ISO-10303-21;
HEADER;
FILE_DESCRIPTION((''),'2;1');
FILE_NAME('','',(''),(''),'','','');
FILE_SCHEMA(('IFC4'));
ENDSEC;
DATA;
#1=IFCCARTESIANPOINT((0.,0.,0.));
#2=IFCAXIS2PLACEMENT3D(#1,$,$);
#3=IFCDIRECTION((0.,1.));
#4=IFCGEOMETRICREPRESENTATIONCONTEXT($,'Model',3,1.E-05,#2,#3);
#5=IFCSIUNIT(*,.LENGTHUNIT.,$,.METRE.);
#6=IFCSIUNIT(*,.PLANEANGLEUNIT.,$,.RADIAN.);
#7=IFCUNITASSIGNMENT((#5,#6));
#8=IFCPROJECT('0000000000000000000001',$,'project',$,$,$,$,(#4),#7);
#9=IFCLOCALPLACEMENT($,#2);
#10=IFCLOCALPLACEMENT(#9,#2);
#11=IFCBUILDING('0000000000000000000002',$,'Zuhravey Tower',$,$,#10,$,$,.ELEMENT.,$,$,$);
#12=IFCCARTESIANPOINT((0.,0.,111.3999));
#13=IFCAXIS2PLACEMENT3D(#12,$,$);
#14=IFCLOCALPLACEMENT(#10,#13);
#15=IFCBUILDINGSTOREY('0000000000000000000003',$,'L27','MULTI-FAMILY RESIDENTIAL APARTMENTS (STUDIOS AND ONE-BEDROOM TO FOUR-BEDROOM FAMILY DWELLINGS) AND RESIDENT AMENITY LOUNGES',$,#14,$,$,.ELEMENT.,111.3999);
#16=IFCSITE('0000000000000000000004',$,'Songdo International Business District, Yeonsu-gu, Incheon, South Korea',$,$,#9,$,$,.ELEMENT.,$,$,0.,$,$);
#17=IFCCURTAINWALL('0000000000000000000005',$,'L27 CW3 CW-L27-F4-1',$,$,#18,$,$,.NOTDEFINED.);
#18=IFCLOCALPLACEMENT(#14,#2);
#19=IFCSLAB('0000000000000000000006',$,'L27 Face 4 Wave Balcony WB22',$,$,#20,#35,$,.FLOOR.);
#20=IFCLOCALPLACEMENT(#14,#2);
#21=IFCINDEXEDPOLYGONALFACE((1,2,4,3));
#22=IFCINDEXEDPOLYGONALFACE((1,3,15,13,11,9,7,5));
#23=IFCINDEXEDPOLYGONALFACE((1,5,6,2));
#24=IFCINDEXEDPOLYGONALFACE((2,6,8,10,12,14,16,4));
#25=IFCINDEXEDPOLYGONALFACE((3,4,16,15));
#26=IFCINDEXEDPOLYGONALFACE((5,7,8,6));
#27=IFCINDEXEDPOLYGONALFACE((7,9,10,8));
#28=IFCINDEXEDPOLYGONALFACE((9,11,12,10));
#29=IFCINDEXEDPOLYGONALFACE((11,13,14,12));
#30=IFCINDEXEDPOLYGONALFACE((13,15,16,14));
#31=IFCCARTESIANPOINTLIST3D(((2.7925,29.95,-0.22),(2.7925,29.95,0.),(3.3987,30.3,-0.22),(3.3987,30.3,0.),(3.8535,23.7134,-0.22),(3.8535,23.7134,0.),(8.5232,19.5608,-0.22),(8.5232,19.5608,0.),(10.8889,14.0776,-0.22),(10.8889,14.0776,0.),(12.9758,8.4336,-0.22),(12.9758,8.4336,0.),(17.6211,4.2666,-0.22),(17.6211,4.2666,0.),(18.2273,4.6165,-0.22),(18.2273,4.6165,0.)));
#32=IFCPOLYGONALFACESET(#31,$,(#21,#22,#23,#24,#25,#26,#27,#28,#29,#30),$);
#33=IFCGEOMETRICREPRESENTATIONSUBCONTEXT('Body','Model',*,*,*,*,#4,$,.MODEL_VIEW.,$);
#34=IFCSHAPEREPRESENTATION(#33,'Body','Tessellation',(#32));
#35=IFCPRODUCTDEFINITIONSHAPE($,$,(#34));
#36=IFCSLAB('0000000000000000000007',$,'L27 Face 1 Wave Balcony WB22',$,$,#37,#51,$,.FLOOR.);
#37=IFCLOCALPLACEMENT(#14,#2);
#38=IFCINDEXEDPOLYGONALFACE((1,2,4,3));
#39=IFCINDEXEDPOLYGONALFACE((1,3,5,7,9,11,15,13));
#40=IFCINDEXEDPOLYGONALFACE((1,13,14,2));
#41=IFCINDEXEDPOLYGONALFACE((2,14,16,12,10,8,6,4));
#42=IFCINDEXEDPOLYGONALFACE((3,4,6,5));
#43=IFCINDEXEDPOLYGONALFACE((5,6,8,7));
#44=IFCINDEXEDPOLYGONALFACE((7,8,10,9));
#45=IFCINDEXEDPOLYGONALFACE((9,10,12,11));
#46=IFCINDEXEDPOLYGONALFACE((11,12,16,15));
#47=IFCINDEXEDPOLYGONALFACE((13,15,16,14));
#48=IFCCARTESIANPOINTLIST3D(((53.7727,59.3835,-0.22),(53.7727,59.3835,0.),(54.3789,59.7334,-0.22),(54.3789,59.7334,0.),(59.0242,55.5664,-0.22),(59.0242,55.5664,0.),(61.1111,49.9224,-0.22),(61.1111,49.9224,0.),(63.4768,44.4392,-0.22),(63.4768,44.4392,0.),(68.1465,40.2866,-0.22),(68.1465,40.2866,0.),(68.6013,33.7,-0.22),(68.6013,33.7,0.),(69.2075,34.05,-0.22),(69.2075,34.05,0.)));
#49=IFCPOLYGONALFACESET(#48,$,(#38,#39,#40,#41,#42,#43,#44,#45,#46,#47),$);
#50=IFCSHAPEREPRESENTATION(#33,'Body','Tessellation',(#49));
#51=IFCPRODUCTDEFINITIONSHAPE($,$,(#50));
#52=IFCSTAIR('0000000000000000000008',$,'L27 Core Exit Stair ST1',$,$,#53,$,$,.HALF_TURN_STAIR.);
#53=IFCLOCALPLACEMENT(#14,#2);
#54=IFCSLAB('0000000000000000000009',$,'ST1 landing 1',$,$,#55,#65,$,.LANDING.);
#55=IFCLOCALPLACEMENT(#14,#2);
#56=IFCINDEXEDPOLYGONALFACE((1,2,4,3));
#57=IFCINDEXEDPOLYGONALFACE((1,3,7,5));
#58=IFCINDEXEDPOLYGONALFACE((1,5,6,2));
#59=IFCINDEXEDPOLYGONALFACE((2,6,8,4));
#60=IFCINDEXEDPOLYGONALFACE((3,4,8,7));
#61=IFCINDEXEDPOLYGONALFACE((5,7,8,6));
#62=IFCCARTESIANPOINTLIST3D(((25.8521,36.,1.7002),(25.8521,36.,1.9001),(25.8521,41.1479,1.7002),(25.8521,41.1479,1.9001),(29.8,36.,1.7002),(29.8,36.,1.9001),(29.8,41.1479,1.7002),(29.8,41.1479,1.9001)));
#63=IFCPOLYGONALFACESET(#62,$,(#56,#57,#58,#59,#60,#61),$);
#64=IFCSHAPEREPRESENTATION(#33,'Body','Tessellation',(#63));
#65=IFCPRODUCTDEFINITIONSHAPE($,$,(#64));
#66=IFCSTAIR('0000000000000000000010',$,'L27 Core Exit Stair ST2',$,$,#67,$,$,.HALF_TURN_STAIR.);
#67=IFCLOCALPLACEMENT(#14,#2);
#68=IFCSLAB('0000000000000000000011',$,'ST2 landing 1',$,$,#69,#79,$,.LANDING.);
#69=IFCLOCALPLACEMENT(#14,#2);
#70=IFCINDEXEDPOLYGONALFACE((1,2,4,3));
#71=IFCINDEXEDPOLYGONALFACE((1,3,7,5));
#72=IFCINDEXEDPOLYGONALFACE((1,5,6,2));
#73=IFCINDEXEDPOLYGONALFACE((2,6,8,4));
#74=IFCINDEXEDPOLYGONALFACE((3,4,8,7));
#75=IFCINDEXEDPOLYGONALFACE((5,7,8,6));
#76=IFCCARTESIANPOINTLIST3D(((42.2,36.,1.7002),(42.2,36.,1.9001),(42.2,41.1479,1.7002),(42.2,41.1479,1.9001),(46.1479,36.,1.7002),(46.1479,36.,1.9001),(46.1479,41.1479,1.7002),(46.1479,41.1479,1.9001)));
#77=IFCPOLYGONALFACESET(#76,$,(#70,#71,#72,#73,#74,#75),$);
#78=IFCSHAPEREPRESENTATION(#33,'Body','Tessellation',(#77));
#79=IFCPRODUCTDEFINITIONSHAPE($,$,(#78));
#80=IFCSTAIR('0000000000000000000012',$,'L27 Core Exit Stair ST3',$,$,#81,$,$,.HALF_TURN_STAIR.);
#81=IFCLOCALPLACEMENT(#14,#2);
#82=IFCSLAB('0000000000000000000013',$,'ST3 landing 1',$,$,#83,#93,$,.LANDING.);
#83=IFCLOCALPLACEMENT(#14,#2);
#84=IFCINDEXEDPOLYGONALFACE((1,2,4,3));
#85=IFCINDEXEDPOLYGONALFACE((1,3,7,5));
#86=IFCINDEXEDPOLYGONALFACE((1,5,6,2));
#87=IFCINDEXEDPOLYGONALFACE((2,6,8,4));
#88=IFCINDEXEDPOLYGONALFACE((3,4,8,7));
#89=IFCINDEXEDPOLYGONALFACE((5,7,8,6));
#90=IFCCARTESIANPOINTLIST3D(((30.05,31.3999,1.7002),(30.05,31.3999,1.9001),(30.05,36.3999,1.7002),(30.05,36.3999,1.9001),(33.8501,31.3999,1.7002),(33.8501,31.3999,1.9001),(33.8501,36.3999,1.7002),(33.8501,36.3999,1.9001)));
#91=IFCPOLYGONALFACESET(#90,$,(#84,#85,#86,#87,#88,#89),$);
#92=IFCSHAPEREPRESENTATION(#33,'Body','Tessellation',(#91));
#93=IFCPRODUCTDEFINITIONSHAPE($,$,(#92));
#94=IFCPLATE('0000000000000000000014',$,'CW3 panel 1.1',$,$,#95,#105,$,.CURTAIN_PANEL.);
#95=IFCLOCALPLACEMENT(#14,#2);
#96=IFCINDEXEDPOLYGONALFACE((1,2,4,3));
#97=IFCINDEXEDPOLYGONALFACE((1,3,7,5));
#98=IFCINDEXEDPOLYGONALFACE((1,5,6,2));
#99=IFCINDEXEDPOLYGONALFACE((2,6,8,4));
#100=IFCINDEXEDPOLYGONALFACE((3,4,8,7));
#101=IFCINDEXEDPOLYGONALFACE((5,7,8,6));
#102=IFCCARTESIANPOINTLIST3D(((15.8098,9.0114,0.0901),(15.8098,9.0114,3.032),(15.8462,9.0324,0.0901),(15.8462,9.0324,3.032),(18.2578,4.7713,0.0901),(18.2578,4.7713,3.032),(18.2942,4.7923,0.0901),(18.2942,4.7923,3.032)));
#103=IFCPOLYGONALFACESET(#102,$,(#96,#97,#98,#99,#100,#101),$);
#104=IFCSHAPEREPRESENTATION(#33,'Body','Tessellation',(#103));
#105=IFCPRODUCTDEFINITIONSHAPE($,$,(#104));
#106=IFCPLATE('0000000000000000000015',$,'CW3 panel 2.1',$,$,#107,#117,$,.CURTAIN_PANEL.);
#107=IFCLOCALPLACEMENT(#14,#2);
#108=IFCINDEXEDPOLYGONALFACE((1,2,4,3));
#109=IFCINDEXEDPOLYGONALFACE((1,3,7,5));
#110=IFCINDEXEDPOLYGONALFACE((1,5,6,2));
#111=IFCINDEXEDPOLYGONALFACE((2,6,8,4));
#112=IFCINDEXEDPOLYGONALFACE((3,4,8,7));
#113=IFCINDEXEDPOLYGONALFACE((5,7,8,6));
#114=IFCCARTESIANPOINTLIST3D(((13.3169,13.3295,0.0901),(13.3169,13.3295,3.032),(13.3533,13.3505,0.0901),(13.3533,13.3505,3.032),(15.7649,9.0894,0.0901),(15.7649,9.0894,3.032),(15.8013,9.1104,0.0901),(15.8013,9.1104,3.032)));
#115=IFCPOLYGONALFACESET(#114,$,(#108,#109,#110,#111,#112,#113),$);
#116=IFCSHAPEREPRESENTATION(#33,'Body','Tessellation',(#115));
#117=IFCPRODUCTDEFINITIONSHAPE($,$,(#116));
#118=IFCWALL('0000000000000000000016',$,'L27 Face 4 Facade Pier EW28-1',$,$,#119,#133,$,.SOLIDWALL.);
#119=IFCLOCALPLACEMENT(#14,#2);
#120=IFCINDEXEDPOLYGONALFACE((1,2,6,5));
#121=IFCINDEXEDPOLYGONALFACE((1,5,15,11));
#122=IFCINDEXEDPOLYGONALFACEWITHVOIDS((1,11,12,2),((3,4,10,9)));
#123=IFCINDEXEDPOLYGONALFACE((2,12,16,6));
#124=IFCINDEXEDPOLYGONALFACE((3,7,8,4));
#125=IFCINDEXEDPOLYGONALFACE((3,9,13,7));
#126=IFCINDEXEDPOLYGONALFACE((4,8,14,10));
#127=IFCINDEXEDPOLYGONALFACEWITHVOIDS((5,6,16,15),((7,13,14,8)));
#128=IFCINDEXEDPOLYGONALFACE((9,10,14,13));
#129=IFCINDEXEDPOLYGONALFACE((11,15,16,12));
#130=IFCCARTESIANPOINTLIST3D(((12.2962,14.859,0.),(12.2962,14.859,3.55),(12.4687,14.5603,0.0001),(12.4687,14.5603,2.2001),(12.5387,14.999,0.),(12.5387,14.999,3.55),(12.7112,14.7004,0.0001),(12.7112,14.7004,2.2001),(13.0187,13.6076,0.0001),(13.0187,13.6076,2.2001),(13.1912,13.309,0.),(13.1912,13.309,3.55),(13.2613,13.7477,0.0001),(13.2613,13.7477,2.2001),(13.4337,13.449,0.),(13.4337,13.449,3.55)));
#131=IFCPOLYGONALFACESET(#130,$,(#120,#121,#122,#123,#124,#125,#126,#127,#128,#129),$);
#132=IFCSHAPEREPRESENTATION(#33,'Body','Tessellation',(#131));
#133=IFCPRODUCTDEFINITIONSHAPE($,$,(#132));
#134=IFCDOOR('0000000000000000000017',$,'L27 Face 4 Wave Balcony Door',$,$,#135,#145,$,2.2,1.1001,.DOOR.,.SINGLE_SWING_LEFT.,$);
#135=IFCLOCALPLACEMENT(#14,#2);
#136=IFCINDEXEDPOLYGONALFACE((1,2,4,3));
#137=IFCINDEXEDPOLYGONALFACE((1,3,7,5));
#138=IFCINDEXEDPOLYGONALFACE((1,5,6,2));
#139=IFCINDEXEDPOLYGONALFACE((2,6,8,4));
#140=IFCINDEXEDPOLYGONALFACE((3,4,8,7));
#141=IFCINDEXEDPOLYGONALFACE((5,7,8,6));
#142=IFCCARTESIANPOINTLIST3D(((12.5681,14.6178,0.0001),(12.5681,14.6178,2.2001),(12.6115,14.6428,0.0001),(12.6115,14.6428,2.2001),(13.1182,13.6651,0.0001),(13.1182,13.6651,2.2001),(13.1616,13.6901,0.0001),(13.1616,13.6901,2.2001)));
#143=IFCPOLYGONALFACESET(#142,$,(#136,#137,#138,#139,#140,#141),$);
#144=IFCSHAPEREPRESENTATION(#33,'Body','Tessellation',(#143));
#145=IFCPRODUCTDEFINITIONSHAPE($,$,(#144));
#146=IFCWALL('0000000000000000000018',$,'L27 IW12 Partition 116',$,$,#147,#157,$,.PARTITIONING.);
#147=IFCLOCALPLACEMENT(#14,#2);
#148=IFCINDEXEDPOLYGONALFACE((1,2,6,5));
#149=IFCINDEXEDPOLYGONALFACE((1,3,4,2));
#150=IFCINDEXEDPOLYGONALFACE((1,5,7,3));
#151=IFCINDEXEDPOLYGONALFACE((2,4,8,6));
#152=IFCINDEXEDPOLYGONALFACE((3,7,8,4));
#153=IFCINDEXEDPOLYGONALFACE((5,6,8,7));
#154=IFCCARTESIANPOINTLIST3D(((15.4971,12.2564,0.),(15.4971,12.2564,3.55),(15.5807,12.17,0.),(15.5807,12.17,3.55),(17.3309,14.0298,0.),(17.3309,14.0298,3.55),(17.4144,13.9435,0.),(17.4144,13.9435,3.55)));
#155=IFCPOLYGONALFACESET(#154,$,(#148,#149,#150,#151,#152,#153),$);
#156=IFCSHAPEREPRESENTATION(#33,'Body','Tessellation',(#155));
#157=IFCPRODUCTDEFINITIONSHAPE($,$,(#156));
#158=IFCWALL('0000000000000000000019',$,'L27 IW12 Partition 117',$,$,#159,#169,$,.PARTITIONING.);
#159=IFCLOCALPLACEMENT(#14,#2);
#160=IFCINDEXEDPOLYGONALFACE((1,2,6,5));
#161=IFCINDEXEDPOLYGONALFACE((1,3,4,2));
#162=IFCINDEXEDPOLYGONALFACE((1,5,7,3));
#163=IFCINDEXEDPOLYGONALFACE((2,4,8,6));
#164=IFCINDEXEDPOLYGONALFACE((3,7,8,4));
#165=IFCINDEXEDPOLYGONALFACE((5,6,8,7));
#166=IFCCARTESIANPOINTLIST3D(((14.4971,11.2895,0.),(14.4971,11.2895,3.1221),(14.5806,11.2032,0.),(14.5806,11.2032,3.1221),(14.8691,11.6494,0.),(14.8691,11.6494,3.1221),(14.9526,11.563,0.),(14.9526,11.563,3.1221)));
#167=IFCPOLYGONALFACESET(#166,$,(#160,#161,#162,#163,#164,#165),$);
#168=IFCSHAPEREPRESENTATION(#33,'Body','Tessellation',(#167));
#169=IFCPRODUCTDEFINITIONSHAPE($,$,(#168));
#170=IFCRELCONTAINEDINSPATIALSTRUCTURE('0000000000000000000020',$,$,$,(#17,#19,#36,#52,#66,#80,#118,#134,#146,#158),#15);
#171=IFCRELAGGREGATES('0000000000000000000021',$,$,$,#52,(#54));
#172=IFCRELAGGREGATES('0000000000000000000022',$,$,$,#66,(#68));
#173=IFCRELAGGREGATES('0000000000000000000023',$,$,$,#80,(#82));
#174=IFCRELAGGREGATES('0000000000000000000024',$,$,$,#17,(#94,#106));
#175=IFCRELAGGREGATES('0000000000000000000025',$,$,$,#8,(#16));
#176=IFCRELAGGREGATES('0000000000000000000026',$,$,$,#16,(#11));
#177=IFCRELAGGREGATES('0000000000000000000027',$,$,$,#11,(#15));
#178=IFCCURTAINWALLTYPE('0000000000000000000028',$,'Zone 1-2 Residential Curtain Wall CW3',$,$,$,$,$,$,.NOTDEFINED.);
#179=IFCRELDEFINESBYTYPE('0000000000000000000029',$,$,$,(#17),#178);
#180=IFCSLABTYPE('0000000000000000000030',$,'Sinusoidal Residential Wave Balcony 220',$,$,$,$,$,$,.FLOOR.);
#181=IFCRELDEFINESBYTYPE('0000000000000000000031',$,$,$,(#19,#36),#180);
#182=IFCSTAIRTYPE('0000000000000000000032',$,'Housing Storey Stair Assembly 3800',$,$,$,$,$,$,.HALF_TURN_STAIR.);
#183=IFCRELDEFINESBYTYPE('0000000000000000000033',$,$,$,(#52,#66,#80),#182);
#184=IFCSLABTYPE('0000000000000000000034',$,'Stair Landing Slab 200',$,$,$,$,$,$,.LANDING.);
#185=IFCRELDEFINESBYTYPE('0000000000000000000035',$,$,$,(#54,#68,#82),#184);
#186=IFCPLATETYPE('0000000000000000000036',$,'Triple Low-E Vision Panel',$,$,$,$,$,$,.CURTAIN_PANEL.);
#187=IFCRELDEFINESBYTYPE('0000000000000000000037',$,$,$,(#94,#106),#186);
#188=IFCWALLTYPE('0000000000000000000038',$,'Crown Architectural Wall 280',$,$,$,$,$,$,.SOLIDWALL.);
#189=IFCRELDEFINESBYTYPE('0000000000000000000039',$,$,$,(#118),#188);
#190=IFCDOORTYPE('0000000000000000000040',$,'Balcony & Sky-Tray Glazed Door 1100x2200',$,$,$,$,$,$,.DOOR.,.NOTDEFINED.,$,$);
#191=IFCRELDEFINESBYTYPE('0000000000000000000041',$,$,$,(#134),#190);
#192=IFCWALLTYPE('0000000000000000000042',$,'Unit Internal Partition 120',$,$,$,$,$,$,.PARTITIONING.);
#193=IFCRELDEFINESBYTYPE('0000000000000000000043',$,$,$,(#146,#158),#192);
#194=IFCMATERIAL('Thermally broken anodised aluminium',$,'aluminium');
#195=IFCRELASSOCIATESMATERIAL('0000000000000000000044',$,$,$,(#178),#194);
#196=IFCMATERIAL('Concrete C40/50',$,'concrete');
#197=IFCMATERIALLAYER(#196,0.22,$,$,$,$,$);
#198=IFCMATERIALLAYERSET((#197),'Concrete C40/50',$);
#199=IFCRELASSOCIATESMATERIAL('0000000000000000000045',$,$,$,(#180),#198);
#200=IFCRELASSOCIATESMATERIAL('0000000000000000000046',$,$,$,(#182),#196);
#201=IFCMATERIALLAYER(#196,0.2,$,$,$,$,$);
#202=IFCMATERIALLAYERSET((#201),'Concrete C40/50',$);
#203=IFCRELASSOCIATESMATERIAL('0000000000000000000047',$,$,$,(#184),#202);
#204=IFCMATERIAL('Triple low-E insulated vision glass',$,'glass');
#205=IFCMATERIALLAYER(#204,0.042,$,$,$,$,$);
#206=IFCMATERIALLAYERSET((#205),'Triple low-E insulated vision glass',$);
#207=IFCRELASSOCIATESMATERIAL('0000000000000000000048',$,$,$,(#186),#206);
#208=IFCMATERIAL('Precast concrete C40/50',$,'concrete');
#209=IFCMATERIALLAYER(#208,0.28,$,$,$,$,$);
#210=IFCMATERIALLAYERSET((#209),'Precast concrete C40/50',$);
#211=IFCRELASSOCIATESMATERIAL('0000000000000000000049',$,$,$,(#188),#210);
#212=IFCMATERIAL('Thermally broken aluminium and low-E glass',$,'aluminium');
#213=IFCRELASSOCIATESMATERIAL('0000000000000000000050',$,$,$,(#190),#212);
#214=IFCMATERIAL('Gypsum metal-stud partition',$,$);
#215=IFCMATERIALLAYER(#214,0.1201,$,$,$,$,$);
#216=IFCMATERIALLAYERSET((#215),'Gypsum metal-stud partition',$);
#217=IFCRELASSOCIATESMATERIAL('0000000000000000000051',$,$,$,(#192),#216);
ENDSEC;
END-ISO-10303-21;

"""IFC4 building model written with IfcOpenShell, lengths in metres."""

from ifc_helpers import new_model, si_unit, direction, frame, frame_2d, origin, origin_2d, place, context, subcontext, project, spatial, polyline, rectangle, outline, extrude, material, layer, layer_set, type_object, element, fill, aggregate, save


model = new_model("IFC4")

# Units and contexts
model_context = context("Model", 3, precision=1e-05, world=origin(), true_north=direction((0.0, 1.0)))
body_context = subcontext(model_context, "Body", "Model", "MODEL_VIEW")
ifc_project = project(units=[si_unit("LENGTHUNIT", "METRE"), si_unit("PLANEANGLEUNIT", "RADIAN")], contexts=[model_context])

# Site, building, storey
site_placement = place(None, origin())
site = spatial("IfcSite", under=ifc_project, at=site_placement, Name="Songdo International Business District, Yeonsu-gu, Incheon, South Korea", CompositionType="ELEMENT", RefElevation=0.0)
building_placement = place(site_placement, origin())
building = spatial("IfcBuilding", under=site, at=building_placement, Name="Zuhravey Tower", CompositionType="ELEMENT")
storey_placement = place(building_placement, frame((0.0, 0.0, 111.3999)))
storey = spatial("IfcBuildingStorey", under=building, at=storey_placement, Name="L27", Description="MULTI-FAMILY RESIDENTIAL APARTMENTS (STUDIOS AND ONE-BEDROOM TO FOUR-BEDROOM FAMILY DWELLINGS) AND RESIDENT AMENITY LOUNGES", CompositionType="ELEMENT", Elevation=111.3999)

# Curtain wall
ifc_material_1 = material(Name="Thermally broken anodised aluminium", Category="aluminium")
curtain_wall_type = type_object("IfcCurtainWallType", Name="Zone 1-2 Residential Curtain Wall CW3", PredefinedType="NOTDEFINED", material=ifc_material_1)
curtain_wall_1_placement = place(storey_placement, origin())
curtain_wall_1 = element("IfcCurtainWall", 1, at=curtain_wall_1_placement, inside=storey, type_object=curtain_wall_type, Name="L27 CW3 CW-L27-F4-1", PredefinedType="NOTDEFINED")

# Slabs
ifc_material_2 = material(Name="Concrete C40/50", Category="concrete")
ifc_layer_1 = layer(ifc_material_2, 0.22)
ifc_layer_set_1 = layer_set([ifc_layer_1], Name="Concrete C40/50")
slab_type_1 = type_object("IfcSlabType", Name="Sinusoidal Residential Wave Balcony 220", PredefinedType="FLOOR", material=ifc_layer_set_1)
slab_1_placement = place(storey_placement, frame((0.0, 0.0, -0.22)))
element("IfcSlab", 2, at=slab_1_placement, inside=storey, type_object=slab_type_1, Name="L27 Face 4 Wave Balcony WB22", PredefinedType="FLOOR", context=body_context, shape_type="SweptSolid", body=[
    extrude(outline(polyline([(3.3987, 30.3), (18.2273, 4.6165), (17.6211, 4.2666), (12.9758, 8.4336), (10.8889, 14.0776), (8.5232, 19.5608), (3.8535, 23.7134), (2.7925, 29.95), (3.3987, 30.3)])), origin(), (0.0, 0.0, 1.0), 0.22),
])
slab_2_placement = place(storey_placement, frame((0.0, 0.0, -0.22)))
element("IfcSlab", 3, at=slab_2_placement, inside=storey, type_object=slab_type_1, Name="L27 Face 1 Wave Balcony WB22", PredefinedType="FLOOR", context=body_context, shape_type="SweptSolid", body=[
    extrude(outline(polyline([(68.6013, 33.7), (53.7727, 59.3835), (54.3789, 59.7334), (59.0242, 55.5664), (61.1111, 49.9224), (63.4768, 44.4392), (68.1465, 40.2866), (69.2075, 34.05), (68.6013, 33.7)])), origin(), (0.0, 0.0, 1.0), 0.22),
])

# Stairs, slabs
stair_type = type_object("IfcStairType", Name="Housing Storey Stair Assembly 3800", PredefinedType="HALF_TURN_STAIR", material=ifc_material_2)
stair_1_placement = place(storey_placement, origin())
stair_1 = element("IfcStair", 4, at=stair_1_placement, inside=storey, type_object=stair_type, Name="L27 Core Exit Stair ST1", PredefinedType="HALF_TURN_STAIR")
ifc_layer_2 = layer(ifc_material_2, 0.2)
ifc_layer_set_2 = layer_set([ifc_layer_2], Name="Concrete C40/50")
slab_type_2 = type_object("IfcSlabType", Name="Stair Landing Slab 200", PredefinedType="LANDING", material=ifc_layer_set_2)
slab_3_placement = place(storey_placement, frame((0.0, 0.0, 1.7002)))
slab_3 = element("IfcSlab", 5, at=slab_3_placement, type_object=slab_type_2, Name="ST1 landing 1", PredefinedType="LANDING", context=body_context, shape_type="SweptSolid", body=[
    extrude(outline(polyline([(29.8, 36.0), (29.8, 41.1479), (25.8521, 41.1479), (25.8521, 36.0), (29.8, 36.0)])), origin(), (0.0, 0.0, 1.0), 0.2),
])
aggregate(stair_1, [slab_3])
stair_2_placement = place(storey_placement, origin())
stair_2 = element("IfcStair", 6, at=stair_2_placement, inside=storey, type_object=stair_type, Name="L27 Core Exit Stair ST2", PredefinedType="HALF_TURN_STAIR")
slab_4_placement = place(storey_placement, frame((0.0, 0.0, 1.7002)))
slab_4 = element("IfcSlab", 7, at=slab_4_placement, type_object=slab_type_2, Name="ST2 landing 1", PredefinedType="LANDING", context=body_context, shape_type="SweptSolid", body=[
    extrude(outline(polyline([(46.1479, 36.0), (46.1479, 41.1479), (42.2, 41.1479), (42.2, 36.0), (46.1479, 36.0)])), origin(), (0.0, 0.0, 1.0), 0.2),
])
aggregate(stair_2, [slab_4])
stair_3_placement = place(storey_placement, origin())
stair_3 = element("IfcStair", 8, at=stair_3_placement, inside=storey, type_object=stair_type, Name="L27 Core Exit Stair ST3", PredefinedType="HALF_TURN_STAIR")
slab_5_placement = place(storey_placement, frame((0.0, 0.0, 1.7002)))
slab_5 = element("IfcSlab", 9, at=slab_5_placement, type_object=slab_type_2, Name="ST3 landing 1", PredefinedType="LANDING", context=body_context, shape_type="SweptSolid", body=[
    extrude(outline(polyline([(30.05, 36.3999), (30.05, 31.3999), (33.8501, 31.3999), (33.8501, 36.3999), (30.05, 36.3999)])), origin(), (0.0, 0.0, 1.0), 0.2),
])
aggregate(stair_3, [slab_5])

# Plates
ifc_material_3 = material(Name="Triple low-E insulated vision glass", Category="glass")
ifc_layer_3 = layer(ifc_material_3, 0.042)
ifc_layer_set_3 = layer_set([ifc_layer_3], Name="Triple low-E insulated vision glass")
plate_type = type_object("IfcPlateType", Name="Triple Low-E Vision Panel", PredefinedType="CURTAIN_PANEL", material=ifc_layer_set_3)
plate_1_placement = place(storey_placement, frame((17.052, 6.9019, 0.0901), z_axis=(0.0, 0.0, 1.0), x_axis=(-0.499999, 0.866026, 0.0)))
plate_1 = element("IfcPlate", 10, at=plate_1_placement, type_object=plate_type, Name="CW3 panel 1.1", PredefinedType="CURTAIN_PANEL", context=body_context, shape_type="SweptSolid", body=[
    extrude(rectangle(XDim=4.896, YDim=0.042, at=origin_2d()), origin(), (0.0, 0.0, 1.0), 2.9419),
])
plate_2_placement = place(storey_placement, frame((14.5591, 11.22, 0.0901), z_axis=(0.0, 0.0, 1.0), x_axis=(-0.499999, 0.866026, 0.0)))
plate_2 = element("IfcPlate", 11, at=plate_2_placement, type_object=plate_type, Name="CW3 panel 2.1", PredefinedType="CURTAIN_PANEL", context=body_context, shape_type="SweptSolid", body=[
    extrude(rectangle(XDim=4.896, YDim=0.042, at=origin_2d()), origin(), (0.0, 0.0, 1.0), 2.9419),
])
aggregate(curtain_wall_1, [plate_1, plate_2])

# Wall, opening, door
ifc_material_4 = material(Name="Precast concrete C40/50", Category="concrete")
ifc_layer_4 = layer(ifc_material_4, 0.28)
ifc_layer_set_4 = layer_set([ifc_layer_4], Name="Precast concrete C40/50")
wall_type_1 = type_object("IfcWallType", Name="Crown Architectural Wall 280", PredefinedType="SOLIDWALL", material=ifc_layer_set_4)
wall_1_placement = place(storey_placement, frame((13.3125, 13.3789, 0.0), z_axis=(0.0, 0.0, 1.0), x_axis=(-0.500041, 0.866002, 0.0)))
wall_1 = element("IfcWall", 12, at=wall_1_placement, inside=storey, type_object=wall_type_1, Name="L27 Face 4 Facade Pier EW28-1", PredefinedType="SOLIDWALL", context=body_context, shape_type="SweptSolid", body=[
    extrude(rectangle(XDim=1.7898, YDim=0.28, at=frame_2d((0.895, 0.0))), origin(), (0.0, 0.0, 1.0), 3.55),
])
opening_placement = place(wall_1_placement, frame((0.345, 0.0, 0.0)))
opening = element("IfcOpeningElement", 13, at=opening_placement, cuts=wall_1, PredefinedType="OPENING", context=body_context, shape_type="SweptSolid", body=[
    extrude(rectangle(XDim=1.1001, YDim=2.2, at=frame_2d((0.55, 1.1001))), frame((0.0, 0.1521, 0.0), z_axis=(0.0, -1.0, 0.0), x_axis=(1.0, 0.0, 0.0)), (0.0, 0.0, 1.0), 0.304),
])
ifc_material_5 = material(Name="Thermally broken aluminium and low-E glass", Category="aluminium")
door_type = type_object("IfcDoorType", Name="Balcony & Sky-Tray Glazed Door 1100x2200", OperationType="NOTDEFINED", PredefinedType="DOOR", material=ifc_material_5)
door_placement = place(opening_placement, frame((1.1001, 0.0, 0.0), z_axis=(0.0, 0.0, 1.0), x_axis=(-1.0, 0.0, 0.0)))
door = element("IfcDoor", 14, at=door_placement, inside=storey, type_object=door_type, Name="L27 Face 4 Wave Balcony Door", OperationType="SINGLE_SWING_LEFT", OverallHeight=2.2, OverallWidth=1.1001, PredefinedType="DOOR", context=body_context, shape_type="SweptSolid", body=[
    extrude(rectangle(XDim=1.1001, YDim=2.2, at=frame_2d((0.55, 1.1001))), frame((0.0, 0.0249, 0.0), z_axis=(0.0, -1.0, 0.0), x_axis=(1.0, 0.0, 0.0)), (0.0, 0.0, 1.0), 0.05),
])
fill(opening, door)

# Walls
ifc_material_6 = material(Name="Gypsum metal-stud partition")
ifc_layer_5 = layer(ifc_material_6, 0.1201)
ifc_layer_set_5 = layer_set([ifc_layer_5], Name="Gypsum metal-stud partition")
wall_type_2 = type_object("IfcWallType", Name="Unit Internal Partition 120", PredefinedType="PARTITIONING", material=ifc_layer_set_5)
wall_2_placement = place(storey_placement, frame((17.3726, 13.9866, 0.0), z_axis=(0.0, 0.0, 1.0), x_axis=(-0.718827, -0.695189, 0.0)))
element("IfcWall", 15, at=wall_2_placement, inside=storey, type_object=wall_type_2, Name="L27 IW12 Partition 116", PredefinedType="PARTITIONING", context=body_context, shape_type="SweptSolid", body=[
    extrude(rectangle(XDim=2.551, YDim=0.1201, at=frame_2d((1.2754, 0.0))), origin(), (0.0, 0.0, 1.0), 3.55),
])
wall_3_placement = place(storey_placement, frame((14.9109, 11.6062, 0.0), z_axis=(0.0, 0.0, 1.0), x_axis=(-0.7188, -0.695217, 0.0)))
element("IfcWall", 16, at=wall_3_placement, inside=storey, type_object=wall_type_2, Name="L27 IW12 Partition 117", PredefinedType="PARTITIONING", context=body_context, shape_type="SweptSolid", body=[
    extrude(rectangle(XDim=0.5176, YDim=0.1201, at=frame_2d((0.2588, 0.0))), origin(), (0.0, 0.0, 1.0), 3.1221),
])

save(model, "model.ifc")
